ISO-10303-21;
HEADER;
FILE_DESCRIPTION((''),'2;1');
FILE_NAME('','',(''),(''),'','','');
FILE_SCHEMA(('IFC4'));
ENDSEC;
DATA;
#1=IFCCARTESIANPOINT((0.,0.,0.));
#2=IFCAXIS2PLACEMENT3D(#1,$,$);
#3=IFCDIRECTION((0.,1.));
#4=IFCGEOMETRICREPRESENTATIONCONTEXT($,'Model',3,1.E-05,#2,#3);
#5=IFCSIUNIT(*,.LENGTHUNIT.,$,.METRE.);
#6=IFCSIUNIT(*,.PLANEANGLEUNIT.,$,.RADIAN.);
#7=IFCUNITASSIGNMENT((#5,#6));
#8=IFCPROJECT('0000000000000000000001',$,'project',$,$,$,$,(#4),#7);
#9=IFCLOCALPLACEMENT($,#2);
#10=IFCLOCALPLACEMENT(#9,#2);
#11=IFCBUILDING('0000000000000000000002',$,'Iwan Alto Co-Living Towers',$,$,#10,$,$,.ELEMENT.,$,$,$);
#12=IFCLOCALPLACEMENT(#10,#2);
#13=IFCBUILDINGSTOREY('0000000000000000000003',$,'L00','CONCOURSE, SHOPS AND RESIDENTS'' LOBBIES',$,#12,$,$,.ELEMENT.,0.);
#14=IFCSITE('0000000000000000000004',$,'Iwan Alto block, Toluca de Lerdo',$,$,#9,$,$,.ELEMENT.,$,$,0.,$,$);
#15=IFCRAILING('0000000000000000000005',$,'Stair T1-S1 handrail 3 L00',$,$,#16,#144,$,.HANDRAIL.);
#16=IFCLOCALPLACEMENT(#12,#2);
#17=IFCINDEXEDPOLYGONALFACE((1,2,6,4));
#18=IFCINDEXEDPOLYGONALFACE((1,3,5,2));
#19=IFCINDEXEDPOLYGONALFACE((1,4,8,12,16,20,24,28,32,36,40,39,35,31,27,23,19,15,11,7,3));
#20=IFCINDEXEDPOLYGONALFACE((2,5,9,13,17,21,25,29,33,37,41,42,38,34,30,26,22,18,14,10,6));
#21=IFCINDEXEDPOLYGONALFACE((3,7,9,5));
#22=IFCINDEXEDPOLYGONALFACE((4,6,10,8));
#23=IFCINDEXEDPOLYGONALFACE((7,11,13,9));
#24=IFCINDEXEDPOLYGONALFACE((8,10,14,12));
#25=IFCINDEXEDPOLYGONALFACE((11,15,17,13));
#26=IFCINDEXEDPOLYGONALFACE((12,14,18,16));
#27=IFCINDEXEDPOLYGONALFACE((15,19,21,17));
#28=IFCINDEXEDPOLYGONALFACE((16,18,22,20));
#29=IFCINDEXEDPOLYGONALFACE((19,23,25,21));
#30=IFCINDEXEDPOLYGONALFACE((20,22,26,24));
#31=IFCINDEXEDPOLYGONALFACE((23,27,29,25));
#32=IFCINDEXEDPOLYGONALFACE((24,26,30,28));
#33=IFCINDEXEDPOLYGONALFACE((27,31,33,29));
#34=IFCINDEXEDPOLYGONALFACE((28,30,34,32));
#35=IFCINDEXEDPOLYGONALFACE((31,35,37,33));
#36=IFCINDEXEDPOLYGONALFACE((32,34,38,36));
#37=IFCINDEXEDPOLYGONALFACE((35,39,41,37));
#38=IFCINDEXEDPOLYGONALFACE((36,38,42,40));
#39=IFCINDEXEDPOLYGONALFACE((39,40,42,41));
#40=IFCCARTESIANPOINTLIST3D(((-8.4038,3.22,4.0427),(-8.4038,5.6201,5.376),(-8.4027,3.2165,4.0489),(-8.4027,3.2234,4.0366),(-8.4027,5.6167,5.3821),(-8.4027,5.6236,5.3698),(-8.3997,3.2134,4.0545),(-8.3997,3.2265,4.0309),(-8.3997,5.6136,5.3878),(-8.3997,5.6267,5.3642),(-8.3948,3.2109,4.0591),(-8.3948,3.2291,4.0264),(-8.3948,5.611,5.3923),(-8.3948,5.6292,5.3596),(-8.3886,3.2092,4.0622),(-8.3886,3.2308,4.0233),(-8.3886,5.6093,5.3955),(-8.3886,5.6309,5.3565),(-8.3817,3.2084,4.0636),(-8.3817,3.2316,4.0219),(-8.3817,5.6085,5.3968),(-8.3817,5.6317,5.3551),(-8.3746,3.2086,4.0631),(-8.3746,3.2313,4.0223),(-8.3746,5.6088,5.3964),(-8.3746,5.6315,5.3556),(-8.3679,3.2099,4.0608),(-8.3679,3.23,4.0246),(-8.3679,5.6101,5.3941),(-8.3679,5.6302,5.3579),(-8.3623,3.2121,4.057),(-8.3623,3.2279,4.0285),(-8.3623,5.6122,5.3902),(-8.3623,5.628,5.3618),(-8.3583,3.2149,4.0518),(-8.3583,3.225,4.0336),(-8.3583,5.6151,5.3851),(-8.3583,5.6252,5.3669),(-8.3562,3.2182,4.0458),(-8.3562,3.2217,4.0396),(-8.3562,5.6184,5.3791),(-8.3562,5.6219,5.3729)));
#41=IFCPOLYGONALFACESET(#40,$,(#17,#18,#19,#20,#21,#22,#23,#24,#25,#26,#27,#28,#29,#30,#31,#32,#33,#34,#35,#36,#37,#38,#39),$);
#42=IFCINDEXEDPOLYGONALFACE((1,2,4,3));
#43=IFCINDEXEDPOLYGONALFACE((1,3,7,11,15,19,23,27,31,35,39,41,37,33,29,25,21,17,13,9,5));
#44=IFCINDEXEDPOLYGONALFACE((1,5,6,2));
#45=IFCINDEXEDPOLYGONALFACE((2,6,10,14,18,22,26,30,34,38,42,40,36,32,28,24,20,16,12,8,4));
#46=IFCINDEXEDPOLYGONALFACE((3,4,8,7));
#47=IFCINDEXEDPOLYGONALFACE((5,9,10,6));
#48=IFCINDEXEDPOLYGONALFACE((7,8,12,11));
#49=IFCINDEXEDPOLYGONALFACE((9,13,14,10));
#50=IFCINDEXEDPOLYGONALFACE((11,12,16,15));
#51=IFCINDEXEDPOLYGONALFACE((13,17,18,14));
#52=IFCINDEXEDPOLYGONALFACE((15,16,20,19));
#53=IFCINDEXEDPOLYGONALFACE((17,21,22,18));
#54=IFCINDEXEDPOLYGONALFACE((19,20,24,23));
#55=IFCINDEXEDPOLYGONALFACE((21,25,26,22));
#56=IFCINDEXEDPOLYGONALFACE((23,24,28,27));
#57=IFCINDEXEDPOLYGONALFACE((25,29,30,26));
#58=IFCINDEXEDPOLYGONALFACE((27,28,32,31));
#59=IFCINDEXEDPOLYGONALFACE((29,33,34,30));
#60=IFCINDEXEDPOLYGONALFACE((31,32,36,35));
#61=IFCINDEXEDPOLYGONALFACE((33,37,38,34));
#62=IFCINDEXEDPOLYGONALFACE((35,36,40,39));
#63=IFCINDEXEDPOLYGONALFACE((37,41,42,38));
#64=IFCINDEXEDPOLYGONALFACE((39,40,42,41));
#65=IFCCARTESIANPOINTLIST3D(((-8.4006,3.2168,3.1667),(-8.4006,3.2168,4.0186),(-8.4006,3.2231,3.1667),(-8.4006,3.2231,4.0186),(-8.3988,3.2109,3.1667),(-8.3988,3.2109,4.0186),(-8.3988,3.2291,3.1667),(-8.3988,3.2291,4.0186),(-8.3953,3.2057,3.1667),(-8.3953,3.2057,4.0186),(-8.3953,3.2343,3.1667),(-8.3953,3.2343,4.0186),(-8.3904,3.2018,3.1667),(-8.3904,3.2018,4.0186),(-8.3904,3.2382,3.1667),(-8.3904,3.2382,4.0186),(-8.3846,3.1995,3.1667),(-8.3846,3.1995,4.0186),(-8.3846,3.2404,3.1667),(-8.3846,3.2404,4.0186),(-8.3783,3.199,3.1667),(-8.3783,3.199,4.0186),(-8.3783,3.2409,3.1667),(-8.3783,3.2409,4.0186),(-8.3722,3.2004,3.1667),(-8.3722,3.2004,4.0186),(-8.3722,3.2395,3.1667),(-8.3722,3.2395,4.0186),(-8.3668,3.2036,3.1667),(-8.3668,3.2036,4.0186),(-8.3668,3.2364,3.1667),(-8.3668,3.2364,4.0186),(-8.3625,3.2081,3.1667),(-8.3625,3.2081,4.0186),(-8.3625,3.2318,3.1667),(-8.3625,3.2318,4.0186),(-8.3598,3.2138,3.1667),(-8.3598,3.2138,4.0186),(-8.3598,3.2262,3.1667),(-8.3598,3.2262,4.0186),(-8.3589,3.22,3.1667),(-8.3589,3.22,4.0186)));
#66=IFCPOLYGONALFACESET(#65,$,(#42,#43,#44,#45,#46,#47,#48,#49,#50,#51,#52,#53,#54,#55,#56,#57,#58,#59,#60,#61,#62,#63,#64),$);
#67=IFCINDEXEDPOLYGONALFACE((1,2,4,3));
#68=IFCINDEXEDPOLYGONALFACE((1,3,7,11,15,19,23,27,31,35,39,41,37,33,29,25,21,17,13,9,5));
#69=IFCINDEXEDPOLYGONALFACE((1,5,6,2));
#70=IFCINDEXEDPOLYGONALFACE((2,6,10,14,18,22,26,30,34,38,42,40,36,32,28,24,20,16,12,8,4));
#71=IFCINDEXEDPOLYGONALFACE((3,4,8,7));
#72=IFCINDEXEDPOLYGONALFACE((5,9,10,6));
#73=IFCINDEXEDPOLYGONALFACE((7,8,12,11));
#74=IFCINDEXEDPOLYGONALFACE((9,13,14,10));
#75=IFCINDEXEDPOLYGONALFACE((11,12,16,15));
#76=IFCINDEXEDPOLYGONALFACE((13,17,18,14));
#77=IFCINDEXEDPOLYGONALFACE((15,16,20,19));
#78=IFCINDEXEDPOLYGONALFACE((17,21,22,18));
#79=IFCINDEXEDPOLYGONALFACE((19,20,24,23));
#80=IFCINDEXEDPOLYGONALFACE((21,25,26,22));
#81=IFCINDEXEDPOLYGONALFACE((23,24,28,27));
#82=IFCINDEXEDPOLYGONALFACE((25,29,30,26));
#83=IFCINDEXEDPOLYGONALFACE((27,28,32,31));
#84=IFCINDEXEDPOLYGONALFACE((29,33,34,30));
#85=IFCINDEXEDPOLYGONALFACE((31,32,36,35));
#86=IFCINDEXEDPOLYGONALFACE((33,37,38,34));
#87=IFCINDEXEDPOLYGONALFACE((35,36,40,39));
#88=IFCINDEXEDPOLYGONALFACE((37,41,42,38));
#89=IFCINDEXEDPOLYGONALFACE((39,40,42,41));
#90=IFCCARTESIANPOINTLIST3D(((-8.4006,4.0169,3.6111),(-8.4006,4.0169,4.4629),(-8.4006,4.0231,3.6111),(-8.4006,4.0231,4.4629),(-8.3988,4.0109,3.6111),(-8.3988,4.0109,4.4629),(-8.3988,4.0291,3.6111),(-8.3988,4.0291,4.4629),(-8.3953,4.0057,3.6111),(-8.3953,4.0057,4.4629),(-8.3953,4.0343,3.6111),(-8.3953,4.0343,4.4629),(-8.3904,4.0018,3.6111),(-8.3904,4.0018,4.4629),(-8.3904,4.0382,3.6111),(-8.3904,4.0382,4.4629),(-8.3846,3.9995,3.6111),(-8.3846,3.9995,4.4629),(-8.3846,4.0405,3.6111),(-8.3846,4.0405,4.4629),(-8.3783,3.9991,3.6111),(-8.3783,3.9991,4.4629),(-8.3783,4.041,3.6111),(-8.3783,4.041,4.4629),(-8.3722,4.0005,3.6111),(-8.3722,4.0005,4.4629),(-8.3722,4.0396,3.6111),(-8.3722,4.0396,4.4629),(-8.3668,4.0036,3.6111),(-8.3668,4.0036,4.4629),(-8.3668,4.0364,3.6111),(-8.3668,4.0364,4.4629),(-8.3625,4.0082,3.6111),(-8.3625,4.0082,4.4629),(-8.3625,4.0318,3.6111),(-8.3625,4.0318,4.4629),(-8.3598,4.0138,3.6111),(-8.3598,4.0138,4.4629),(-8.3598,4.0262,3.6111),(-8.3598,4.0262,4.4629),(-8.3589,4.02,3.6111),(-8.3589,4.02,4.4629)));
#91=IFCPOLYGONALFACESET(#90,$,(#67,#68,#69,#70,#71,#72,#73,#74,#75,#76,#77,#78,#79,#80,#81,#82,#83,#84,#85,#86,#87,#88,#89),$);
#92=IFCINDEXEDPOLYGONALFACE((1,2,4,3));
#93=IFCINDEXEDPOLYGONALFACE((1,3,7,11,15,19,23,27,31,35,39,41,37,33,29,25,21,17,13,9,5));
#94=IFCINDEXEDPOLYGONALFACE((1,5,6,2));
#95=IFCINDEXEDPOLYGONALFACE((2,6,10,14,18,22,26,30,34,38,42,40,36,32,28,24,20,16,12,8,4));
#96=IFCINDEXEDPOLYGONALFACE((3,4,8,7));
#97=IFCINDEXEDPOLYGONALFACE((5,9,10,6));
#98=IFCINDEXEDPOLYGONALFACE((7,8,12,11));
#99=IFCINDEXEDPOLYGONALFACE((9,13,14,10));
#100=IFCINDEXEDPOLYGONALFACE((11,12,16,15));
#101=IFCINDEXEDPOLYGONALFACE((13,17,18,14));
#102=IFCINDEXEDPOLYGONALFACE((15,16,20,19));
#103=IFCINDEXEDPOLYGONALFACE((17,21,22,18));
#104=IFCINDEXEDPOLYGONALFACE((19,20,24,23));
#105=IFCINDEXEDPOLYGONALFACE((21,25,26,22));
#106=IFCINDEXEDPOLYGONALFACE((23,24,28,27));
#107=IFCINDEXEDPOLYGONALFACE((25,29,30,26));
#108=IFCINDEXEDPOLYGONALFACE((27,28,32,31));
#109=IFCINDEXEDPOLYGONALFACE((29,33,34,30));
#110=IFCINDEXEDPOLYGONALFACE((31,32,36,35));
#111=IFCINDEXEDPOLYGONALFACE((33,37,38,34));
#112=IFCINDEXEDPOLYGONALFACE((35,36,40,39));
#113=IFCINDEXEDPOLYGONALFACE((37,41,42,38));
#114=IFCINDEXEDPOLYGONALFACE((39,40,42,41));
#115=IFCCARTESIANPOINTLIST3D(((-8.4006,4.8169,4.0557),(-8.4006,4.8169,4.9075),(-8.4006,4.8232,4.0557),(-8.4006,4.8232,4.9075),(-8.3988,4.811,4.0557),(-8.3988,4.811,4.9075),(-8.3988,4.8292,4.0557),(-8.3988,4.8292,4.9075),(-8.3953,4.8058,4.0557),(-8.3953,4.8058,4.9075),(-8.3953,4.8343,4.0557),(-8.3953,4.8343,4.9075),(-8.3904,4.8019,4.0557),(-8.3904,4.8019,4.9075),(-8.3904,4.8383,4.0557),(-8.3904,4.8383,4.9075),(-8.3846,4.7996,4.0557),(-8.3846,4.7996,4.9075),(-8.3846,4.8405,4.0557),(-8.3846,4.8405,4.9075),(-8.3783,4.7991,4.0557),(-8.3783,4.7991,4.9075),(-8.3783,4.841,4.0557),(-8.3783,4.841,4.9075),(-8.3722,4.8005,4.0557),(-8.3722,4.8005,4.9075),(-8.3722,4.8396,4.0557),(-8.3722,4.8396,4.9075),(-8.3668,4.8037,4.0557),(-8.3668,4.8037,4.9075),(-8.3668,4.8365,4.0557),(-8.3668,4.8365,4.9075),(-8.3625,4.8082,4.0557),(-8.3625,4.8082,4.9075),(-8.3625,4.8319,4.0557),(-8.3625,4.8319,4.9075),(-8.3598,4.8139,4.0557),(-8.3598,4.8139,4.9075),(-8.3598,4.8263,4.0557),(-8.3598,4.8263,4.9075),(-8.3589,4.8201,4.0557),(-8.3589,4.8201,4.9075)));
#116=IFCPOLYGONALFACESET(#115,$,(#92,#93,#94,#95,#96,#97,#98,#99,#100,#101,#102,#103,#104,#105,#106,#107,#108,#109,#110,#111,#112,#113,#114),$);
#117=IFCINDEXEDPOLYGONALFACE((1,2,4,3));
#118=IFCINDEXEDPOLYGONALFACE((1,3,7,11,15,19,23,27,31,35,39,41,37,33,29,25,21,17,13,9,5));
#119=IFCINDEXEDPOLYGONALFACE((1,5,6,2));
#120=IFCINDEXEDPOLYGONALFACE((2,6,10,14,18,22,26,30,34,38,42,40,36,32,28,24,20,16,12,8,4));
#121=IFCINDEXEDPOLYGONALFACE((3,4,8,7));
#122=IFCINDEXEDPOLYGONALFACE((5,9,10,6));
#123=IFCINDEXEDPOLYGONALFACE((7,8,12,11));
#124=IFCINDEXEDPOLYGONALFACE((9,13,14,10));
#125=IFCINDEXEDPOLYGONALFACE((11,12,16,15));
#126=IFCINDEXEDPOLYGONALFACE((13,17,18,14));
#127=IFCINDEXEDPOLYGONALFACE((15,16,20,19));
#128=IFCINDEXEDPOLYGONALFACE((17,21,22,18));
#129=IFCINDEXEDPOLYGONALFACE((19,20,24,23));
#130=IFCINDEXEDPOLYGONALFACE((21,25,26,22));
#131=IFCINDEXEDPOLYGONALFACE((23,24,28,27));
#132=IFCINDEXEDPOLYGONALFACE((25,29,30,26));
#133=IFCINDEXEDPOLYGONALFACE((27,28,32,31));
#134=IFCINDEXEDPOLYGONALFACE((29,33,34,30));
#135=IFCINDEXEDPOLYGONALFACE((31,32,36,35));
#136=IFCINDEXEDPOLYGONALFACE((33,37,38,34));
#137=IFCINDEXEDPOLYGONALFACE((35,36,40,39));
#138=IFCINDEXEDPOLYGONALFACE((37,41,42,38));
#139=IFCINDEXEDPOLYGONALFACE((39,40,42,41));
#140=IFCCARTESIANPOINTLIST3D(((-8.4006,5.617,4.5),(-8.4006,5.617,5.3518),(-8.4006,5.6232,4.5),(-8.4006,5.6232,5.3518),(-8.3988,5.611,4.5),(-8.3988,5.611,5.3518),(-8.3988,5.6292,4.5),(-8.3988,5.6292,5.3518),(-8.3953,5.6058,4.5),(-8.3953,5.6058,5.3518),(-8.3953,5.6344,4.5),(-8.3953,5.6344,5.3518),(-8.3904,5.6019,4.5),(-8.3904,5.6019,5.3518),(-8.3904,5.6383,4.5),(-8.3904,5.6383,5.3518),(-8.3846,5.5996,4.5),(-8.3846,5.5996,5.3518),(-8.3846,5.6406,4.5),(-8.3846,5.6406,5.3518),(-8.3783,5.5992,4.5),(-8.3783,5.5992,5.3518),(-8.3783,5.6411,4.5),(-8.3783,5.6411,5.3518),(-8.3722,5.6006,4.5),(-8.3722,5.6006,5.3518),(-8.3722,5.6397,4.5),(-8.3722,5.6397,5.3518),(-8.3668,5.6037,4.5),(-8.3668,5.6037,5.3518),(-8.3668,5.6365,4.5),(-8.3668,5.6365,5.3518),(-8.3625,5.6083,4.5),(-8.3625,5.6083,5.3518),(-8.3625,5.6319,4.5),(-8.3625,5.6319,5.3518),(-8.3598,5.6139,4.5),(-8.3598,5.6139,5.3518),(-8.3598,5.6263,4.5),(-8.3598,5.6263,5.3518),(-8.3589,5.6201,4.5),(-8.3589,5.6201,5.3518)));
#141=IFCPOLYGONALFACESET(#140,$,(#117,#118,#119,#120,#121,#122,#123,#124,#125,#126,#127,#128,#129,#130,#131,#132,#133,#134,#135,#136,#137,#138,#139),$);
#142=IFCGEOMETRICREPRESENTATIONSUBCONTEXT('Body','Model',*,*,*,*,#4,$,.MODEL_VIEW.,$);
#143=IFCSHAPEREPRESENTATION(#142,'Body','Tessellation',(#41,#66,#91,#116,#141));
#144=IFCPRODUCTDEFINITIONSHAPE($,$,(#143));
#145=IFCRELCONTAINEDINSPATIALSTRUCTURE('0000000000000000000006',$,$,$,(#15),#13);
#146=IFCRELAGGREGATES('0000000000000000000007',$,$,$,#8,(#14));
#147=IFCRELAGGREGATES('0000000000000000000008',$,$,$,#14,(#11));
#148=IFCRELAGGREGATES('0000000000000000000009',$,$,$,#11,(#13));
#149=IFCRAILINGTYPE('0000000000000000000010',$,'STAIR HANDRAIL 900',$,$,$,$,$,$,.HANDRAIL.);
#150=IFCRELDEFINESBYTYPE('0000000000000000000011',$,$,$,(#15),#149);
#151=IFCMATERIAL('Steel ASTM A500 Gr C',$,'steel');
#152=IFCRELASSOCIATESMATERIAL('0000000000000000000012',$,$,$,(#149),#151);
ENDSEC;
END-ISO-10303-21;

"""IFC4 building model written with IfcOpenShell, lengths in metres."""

from ifc_helpers import new_model, si_unit, direction, frame, origin, origin_2d, place, context, subcontext, project, spatial, circle, extrude, material, type_object, element, save


model = new_model("IFC4")

# Units and contexts
model_context = context("Model", 3, precision=1e-05, world=origin(), true_north=direction((0.0, 1.0)))
body_context = subcontext(model_context, "Body", "Model", "MODEL_VIEW")
ifc_project = project(units=[si_unit("LENGTHUNIT", "METRE"), si_unit("PLANEANGLEUNIT", "RADIAN")], contexts=[model_context])

# Site, building, storey
site_placement = place(None, origin())
site = spatial("IfcSite", under=ifc_project, at=site_placement, Name="Iwan Alto block, Toluca de Lerdo", CompositionType="ELEMENT", RefElevation=0.0)
building_placement = place(site_placement, origin())
building = spatial("IfcBuilding", under=site, at=building_placement, Name="Iwan Alto Co-Living Towers", CompositionType="ELEMENT")
storey_placement = place(building_placement, origin())
storey = spatial("IfcBuildingStorey", under=building, at=storey_placement, Name="L00", Description="CONCOURSE, SHOPS AND RESIDENTS' LOBBIES", CompositionType="ELEMENT", Elevation=0.0)

# Railing
ifc_material_1 = material(Name="Steel ASTM A500 Gr C", Category="steel")
railing_type_1 = type_object("IfcRailingType", Name="STAIR HANDRAIL 900", PredefinedType="HANDRAIL", material=ifc_material_1)
railing_1_placement = place(storey_placement, frame((-8.3799, 3.22, 3.1667)))
element("IfcRailing", 1, at=railing_1_placement, inside=storey, type_object=railing_type_1, Name="Stair T1-S1 handrail 3 L00", PredefinedType="HANDRAIL", context=body_context, shape_type="SweptSolid", body=[
    extrude(circle(Radius=0.0239, at=origin_2d()), frame((0.0, 0.0, 0.876), z_axis=(0.0, 0.874182, 0.485598), x_axis=(-1.0, 0.0, 0.0)), (0.0, 0.0, 1.0), 2.7456),
    extrude(circle(Radius=0.021, at=origin_2d()), origin(), (0.0, 0.0, 1.0), 0.8518),
    extrude(circle(Radius=0.021, at=origin_2d()), frame((0.0, 0.8, 0.4443)), (0.0, 0.0, 1.0), 0.8518),
    extrude(circle(Radius=0.021, at=origin_2d()), frame((0.0, 1.6001, 0.8889)), (0.0, 0.0, 1.0), 0.8518),
    extrude(circle(Radius=0.021, at=origin_2d()), frame((0.0, 2.4001, 1.3333)), (0.0, 0.0, 1.0), 0.8518),
])

save(model, "model.ifc")
